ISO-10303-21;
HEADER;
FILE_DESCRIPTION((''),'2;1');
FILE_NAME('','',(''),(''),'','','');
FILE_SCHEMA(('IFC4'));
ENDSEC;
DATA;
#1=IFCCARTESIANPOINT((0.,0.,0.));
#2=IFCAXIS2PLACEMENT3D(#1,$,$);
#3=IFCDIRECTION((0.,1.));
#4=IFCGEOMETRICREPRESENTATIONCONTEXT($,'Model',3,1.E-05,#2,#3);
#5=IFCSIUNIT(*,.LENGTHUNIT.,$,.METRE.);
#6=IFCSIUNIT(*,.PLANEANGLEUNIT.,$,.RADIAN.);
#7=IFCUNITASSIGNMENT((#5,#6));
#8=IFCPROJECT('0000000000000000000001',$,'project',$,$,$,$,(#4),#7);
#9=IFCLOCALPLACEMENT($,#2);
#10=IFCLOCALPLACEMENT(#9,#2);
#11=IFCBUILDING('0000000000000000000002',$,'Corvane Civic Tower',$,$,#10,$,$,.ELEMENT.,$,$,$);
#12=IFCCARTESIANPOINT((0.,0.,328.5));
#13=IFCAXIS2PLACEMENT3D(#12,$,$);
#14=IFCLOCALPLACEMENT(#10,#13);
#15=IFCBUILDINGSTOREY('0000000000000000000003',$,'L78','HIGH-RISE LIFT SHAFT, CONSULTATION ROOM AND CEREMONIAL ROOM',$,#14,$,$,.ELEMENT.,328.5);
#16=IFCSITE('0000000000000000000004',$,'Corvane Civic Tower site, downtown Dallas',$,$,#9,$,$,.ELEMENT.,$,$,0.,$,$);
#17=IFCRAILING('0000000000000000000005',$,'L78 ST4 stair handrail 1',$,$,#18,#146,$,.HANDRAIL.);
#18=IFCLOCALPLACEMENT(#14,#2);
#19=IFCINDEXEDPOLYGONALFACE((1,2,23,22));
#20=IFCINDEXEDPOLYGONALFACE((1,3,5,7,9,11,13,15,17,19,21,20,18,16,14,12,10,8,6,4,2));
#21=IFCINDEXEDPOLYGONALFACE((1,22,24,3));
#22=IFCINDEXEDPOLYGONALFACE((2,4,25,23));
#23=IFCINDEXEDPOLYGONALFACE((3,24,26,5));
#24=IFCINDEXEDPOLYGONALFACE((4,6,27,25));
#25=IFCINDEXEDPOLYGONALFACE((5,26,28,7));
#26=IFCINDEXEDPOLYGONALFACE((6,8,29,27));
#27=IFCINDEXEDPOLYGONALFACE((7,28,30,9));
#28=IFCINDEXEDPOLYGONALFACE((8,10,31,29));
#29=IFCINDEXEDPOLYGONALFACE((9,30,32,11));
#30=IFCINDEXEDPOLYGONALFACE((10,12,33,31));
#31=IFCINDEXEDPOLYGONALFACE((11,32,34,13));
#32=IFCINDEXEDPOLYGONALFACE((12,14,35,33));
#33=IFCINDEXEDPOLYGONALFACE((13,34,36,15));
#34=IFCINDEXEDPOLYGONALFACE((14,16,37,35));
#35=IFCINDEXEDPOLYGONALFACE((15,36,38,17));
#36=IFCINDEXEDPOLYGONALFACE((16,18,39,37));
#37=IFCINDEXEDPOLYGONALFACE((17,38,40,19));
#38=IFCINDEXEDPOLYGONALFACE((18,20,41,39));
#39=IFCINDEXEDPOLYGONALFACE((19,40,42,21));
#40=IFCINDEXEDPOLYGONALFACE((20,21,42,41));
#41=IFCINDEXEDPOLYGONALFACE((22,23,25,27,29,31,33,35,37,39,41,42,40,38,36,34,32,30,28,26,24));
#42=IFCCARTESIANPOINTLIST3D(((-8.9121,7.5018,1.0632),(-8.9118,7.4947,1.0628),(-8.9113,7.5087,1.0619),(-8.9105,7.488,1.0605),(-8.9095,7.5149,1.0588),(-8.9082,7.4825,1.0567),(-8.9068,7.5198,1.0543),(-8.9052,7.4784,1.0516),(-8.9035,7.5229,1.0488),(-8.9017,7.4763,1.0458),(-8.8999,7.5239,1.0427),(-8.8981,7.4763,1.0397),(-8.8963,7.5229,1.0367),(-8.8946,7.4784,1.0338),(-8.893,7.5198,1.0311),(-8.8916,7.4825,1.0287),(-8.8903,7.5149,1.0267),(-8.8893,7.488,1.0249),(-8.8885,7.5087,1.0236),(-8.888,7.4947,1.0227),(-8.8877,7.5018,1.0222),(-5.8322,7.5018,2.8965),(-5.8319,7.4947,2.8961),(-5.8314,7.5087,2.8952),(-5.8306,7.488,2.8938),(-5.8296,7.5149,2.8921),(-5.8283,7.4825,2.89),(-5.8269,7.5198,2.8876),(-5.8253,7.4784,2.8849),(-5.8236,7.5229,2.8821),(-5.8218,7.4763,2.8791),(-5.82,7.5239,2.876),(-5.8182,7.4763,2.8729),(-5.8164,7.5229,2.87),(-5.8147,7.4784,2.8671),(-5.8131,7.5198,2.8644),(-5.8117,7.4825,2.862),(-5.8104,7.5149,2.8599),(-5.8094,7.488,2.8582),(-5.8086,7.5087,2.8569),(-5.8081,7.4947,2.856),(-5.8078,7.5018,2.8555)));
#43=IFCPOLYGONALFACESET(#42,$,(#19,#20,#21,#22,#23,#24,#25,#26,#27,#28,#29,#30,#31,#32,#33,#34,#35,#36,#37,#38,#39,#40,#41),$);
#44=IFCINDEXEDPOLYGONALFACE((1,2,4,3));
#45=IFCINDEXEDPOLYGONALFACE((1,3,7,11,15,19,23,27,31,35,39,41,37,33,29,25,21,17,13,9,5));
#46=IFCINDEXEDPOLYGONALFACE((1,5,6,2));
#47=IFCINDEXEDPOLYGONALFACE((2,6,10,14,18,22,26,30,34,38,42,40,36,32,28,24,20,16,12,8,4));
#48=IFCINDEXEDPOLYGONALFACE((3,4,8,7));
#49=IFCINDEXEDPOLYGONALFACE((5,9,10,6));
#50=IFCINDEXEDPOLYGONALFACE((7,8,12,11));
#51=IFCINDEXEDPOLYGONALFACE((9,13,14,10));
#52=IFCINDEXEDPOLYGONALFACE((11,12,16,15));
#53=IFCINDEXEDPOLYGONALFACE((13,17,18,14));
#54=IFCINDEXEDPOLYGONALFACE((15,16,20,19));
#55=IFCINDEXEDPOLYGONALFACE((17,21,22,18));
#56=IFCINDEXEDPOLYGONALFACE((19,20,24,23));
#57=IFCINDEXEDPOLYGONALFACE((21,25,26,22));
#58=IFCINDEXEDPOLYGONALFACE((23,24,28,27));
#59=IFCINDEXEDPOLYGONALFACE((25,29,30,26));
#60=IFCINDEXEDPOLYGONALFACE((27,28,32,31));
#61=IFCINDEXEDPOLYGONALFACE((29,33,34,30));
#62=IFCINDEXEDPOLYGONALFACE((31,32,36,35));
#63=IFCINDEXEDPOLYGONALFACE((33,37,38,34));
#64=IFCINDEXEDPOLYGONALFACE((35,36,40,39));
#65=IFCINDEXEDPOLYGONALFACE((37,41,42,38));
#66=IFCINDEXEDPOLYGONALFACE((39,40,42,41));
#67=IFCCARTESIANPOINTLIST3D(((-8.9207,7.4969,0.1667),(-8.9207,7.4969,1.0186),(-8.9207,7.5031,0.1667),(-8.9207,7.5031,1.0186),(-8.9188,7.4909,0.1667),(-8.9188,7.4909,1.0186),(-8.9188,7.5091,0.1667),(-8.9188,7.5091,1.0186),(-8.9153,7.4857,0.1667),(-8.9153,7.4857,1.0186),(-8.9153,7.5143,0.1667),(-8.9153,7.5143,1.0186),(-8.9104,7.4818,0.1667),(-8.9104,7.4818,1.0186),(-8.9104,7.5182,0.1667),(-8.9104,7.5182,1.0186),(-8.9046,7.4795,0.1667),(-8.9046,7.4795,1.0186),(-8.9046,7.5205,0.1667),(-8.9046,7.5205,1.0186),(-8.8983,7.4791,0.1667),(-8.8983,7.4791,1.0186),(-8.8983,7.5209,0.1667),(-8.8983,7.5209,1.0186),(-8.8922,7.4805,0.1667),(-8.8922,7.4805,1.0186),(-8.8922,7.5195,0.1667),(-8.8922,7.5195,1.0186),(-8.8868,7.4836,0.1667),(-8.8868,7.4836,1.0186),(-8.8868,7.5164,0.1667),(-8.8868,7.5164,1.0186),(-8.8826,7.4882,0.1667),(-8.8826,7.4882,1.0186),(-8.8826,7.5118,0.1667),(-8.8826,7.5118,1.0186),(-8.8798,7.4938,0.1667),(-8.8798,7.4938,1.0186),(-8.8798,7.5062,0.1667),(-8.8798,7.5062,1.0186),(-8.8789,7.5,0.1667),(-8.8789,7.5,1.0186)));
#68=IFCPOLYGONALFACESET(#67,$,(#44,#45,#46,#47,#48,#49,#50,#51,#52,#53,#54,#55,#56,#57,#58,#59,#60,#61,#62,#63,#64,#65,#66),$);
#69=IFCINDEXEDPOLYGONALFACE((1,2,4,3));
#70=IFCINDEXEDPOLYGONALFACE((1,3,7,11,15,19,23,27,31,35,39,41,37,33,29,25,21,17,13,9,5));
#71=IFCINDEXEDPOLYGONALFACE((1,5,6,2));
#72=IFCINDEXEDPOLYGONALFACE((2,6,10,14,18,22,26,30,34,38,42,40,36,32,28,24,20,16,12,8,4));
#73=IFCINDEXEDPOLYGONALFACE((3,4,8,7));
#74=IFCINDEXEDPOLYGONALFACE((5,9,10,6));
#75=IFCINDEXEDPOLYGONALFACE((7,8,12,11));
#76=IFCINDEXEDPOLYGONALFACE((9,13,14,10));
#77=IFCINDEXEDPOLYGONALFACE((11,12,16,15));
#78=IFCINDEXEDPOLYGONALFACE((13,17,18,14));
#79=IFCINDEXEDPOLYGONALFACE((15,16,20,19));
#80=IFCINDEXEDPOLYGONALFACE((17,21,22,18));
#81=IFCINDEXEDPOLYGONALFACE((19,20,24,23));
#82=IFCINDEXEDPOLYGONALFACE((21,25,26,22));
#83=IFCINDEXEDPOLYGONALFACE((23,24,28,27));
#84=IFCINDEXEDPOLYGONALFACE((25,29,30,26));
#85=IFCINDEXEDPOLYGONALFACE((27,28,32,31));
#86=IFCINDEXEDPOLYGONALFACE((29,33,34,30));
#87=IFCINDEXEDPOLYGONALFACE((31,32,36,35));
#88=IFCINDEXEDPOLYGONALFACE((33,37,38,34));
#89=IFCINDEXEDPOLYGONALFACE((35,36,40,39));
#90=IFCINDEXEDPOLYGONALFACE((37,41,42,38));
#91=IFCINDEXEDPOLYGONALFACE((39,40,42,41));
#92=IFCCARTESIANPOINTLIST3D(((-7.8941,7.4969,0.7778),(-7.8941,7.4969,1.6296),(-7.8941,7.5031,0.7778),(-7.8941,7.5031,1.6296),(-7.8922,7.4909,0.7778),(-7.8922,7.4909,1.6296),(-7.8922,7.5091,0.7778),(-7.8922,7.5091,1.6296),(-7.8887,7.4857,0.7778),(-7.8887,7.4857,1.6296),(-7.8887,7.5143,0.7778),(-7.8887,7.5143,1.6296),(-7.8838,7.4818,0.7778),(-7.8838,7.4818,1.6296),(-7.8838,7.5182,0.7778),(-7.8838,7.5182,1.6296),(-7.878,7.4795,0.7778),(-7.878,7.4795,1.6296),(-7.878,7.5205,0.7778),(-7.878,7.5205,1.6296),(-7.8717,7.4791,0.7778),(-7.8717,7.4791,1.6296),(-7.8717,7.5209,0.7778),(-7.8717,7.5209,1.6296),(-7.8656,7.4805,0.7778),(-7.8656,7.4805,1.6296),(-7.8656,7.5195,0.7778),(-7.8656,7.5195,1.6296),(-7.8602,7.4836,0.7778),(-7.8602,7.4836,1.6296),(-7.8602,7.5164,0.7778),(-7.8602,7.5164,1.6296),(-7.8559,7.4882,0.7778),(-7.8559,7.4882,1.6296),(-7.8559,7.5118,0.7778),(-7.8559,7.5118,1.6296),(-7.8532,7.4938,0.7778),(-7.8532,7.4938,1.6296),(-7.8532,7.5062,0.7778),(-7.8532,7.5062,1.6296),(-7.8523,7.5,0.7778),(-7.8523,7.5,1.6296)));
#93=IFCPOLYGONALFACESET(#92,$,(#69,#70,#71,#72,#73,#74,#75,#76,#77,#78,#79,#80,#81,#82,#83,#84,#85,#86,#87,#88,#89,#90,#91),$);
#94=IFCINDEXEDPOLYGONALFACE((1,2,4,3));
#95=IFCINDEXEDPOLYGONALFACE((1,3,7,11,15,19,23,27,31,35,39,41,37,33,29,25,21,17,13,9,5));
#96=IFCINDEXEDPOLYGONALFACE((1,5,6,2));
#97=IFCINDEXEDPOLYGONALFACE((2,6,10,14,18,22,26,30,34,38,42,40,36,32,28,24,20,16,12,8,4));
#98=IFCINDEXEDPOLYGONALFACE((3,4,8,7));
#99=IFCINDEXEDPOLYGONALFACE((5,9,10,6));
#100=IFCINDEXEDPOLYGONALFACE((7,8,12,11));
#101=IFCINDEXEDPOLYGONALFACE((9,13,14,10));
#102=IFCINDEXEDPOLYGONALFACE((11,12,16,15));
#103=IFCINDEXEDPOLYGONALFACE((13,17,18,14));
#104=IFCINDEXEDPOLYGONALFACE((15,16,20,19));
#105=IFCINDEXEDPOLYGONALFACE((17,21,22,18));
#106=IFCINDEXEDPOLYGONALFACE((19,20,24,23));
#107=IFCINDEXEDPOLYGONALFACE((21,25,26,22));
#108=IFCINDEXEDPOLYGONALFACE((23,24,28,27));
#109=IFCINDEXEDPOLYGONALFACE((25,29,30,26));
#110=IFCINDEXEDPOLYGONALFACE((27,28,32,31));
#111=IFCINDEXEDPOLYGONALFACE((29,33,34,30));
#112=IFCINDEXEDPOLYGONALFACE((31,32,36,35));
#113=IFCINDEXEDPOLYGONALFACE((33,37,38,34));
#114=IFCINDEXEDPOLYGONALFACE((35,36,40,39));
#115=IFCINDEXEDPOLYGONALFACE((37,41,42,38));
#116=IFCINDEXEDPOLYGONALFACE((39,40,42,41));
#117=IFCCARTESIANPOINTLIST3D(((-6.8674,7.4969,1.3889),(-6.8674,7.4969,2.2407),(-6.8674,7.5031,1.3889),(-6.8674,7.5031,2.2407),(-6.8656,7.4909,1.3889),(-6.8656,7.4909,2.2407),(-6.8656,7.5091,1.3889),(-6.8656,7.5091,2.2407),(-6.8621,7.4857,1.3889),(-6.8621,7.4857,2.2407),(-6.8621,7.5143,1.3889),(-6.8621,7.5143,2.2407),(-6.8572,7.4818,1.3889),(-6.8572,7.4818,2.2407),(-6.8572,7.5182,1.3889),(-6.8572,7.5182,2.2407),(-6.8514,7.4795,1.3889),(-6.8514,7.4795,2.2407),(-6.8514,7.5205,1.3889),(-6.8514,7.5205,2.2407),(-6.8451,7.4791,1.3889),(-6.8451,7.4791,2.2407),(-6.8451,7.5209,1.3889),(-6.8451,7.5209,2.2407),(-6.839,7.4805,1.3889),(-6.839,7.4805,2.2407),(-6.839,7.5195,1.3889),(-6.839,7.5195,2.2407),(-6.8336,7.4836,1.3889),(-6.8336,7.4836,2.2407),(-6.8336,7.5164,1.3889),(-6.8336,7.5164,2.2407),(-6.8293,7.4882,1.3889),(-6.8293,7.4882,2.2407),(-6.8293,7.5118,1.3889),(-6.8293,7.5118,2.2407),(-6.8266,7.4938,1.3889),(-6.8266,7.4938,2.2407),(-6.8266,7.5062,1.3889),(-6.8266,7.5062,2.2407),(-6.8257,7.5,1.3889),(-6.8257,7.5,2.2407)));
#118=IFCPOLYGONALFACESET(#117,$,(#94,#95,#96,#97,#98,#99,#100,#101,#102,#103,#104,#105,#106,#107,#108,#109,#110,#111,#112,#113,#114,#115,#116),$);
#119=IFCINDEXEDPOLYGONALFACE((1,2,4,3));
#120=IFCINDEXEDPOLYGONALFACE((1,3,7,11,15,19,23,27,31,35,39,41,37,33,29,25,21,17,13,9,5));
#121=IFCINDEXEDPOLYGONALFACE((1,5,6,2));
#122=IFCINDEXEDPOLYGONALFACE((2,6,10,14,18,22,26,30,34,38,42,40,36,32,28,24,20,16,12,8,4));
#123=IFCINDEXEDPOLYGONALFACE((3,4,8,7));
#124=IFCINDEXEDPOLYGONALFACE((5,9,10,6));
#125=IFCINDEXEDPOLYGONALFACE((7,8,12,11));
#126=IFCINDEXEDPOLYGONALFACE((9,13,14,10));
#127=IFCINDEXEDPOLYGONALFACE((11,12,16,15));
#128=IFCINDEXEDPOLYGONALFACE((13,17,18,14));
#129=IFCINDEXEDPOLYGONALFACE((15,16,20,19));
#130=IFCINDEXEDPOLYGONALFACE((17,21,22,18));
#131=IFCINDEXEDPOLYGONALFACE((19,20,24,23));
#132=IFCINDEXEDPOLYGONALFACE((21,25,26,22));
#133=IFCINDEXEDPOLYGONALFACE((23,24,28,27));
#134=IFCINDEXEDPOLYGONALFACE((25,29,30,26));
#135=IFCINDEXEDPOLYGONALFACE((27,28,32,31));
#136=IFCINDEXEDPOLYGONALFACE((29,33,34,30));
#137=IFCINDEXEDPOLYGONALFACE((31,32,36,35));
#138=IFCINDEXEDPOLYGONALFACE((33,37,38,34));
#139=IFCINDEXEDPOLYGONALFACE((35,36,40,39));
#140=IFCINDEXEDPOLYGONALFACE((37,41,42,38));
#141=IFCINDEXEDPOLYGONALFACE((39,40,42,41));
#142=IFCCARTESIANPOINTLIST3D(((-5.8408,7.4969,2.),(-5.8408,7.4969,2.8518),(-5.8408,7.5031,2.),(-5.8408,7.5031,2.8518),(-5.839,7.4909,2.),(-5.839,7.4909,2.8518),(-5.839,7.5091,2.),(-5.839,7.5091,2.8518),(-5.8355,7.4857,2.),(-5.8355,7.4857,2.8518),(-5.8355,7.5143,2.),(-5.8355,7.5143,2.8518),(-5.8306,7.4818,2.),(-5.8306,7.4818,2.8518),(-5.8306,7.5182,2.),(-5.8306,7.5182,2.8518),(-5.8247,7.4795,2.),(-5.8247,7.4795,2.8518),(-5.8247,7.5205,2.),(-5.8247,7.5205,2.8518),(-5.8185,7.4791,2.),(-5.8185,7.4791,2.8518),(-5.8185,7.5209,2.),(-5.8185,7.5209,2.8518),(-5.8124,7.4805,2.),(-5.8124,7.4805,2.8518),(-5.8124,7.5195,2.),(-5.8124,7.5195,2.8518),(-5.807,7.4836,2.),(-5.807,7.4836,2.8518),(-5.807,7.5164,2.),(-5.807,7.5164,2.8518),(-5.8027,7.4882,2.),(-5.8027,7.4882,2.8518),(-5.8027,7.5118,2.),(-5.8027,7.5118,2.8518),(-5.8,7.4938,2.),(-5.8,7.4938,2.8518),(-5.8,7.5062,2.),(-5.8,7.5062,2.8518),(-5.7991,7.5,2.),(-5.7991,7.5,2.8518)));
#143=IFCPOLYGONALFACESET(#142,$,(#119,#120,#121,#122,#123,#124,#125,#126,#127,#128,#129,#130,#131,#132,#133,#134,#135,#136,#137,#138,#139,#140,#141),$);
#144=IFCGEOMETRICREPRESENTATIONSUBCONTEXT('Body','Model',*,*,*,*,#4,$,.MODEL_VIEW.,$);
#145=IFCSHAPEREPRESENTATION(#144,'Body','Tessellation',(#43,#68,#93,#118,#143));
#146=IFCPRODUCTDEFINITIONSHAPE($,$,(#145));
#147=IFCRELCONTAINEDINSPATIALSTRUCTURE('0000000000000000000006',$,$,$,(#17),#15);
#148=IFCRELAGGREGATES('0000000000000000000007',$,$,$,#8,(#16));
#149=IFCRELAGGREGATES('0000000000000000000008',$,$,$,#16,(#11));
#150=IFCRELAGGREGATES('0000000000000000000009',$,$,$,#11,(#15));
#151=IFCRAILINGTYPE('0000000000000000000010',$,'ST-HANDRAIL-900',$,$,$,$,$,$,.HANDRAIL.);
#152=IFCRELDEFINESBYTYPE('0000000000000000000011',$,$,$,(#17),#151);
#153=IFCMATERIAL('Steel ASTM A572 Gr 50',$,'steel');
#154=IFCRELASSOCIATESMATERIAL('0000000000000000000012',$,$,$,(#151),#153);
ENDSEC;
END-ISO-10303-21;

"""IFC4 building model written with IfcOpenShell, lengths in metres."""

from ifc_helpers import new_model, si_unit, direction, frame, origin, origin_2d, place, context, subcontext, project, spatial, circle, extrude, material, type_object, element, save


model = new_model("IFC4")

# Units and contexts
model_context = context("Model", 3, precision=1e-05, world=origin(), true_north=direction((0.0, 1.0)))
body_context = subcontext(model_context, "Body", "Model", "MODEL_VIEW")
ifc_project = project(units=[si_unit("LENGTHUNIT", "METRE"), si_unit("PLANEANGLEUNIT", "RADIAN")], contexts=[model_context])

# Site, building, storey
site_placement = place(None, origin())
site = spatial("IfcSite", under=ifc_project, at=site_placement, Name="Corvane Civic Tower site, downtown Dallas", CompositionType="ELEMENT", RefElevation=0.0)
building_placement = place(site_placement, origin())
building = spatial("IfcBuilding", under=site, at=building_placement, Name="Corvane Civic Tower", CompositionType="ELEMENT")
storey_placement = place(building_placement, frame((0.0, 0.0, 328.5)))
storey = spatial("IfcBuildingStorey", under=building, at=storey_placement, Name="L78", Description="HIGH-RISE LIFT SHAFT, CONSULTATION ROOM AND CEREMONIAL ROOM", CompositionType="ELEMENT", Elevation=328.5)

# Railing
ifc_material_1 = material(Name="Steel ASTM A572 Gr 50", Category="steel")
railing_type_1 = type_object("IfcRailingType", Name="ST-HANDRAIL-900", PredefinedType="HANDRAIL", material=ifc_material_1)
railing_1_placement = place(storey_placement, frame((-8.8999, 7.5, 0.1667)))
element("IfcRailing", 1, at=railing_1_placement, inside=storey, type_object=railing_type_1, Name="L78 ST4 stair handrail 1", PredefinedType="HANDRAIL", context=body_context, shape_type="SweptSolid", body=[
    extrude(circle(Radius=0.0239, at=origin_2d()), frame((0.0, 0.0, 0.876), z_axis=(0.859291, 0.0, 0.511487), x_axis=(0.0, 1.0, 0.0)), (0.0, 0.0, 1.0), 3.5842),
    extrude(circle(Radius=0.021, at=origin_2d()), origin(), (0.0, 0.0, 1.0), 0.8518),
    extrude(circle(Radius=0.021, at=origin_2d()), frame((1.0266, 0.0, 0.6111)), (0.0, 0.0, 1.0), 0.8518),
    extrude(circle(Radius=0.021, at=origin_2d()), frame((2.0532, 0.0, 1.2222)), (0.0, 0.0, 1.0), 0.8518),
    extrude(circle(Radius=0.021, at=origin_2d()), frame((3.0798, 0.0, 1.8333)), (0.0, 0.0, 1.0), 0.8518),
])

save(model, "model.ifc")
